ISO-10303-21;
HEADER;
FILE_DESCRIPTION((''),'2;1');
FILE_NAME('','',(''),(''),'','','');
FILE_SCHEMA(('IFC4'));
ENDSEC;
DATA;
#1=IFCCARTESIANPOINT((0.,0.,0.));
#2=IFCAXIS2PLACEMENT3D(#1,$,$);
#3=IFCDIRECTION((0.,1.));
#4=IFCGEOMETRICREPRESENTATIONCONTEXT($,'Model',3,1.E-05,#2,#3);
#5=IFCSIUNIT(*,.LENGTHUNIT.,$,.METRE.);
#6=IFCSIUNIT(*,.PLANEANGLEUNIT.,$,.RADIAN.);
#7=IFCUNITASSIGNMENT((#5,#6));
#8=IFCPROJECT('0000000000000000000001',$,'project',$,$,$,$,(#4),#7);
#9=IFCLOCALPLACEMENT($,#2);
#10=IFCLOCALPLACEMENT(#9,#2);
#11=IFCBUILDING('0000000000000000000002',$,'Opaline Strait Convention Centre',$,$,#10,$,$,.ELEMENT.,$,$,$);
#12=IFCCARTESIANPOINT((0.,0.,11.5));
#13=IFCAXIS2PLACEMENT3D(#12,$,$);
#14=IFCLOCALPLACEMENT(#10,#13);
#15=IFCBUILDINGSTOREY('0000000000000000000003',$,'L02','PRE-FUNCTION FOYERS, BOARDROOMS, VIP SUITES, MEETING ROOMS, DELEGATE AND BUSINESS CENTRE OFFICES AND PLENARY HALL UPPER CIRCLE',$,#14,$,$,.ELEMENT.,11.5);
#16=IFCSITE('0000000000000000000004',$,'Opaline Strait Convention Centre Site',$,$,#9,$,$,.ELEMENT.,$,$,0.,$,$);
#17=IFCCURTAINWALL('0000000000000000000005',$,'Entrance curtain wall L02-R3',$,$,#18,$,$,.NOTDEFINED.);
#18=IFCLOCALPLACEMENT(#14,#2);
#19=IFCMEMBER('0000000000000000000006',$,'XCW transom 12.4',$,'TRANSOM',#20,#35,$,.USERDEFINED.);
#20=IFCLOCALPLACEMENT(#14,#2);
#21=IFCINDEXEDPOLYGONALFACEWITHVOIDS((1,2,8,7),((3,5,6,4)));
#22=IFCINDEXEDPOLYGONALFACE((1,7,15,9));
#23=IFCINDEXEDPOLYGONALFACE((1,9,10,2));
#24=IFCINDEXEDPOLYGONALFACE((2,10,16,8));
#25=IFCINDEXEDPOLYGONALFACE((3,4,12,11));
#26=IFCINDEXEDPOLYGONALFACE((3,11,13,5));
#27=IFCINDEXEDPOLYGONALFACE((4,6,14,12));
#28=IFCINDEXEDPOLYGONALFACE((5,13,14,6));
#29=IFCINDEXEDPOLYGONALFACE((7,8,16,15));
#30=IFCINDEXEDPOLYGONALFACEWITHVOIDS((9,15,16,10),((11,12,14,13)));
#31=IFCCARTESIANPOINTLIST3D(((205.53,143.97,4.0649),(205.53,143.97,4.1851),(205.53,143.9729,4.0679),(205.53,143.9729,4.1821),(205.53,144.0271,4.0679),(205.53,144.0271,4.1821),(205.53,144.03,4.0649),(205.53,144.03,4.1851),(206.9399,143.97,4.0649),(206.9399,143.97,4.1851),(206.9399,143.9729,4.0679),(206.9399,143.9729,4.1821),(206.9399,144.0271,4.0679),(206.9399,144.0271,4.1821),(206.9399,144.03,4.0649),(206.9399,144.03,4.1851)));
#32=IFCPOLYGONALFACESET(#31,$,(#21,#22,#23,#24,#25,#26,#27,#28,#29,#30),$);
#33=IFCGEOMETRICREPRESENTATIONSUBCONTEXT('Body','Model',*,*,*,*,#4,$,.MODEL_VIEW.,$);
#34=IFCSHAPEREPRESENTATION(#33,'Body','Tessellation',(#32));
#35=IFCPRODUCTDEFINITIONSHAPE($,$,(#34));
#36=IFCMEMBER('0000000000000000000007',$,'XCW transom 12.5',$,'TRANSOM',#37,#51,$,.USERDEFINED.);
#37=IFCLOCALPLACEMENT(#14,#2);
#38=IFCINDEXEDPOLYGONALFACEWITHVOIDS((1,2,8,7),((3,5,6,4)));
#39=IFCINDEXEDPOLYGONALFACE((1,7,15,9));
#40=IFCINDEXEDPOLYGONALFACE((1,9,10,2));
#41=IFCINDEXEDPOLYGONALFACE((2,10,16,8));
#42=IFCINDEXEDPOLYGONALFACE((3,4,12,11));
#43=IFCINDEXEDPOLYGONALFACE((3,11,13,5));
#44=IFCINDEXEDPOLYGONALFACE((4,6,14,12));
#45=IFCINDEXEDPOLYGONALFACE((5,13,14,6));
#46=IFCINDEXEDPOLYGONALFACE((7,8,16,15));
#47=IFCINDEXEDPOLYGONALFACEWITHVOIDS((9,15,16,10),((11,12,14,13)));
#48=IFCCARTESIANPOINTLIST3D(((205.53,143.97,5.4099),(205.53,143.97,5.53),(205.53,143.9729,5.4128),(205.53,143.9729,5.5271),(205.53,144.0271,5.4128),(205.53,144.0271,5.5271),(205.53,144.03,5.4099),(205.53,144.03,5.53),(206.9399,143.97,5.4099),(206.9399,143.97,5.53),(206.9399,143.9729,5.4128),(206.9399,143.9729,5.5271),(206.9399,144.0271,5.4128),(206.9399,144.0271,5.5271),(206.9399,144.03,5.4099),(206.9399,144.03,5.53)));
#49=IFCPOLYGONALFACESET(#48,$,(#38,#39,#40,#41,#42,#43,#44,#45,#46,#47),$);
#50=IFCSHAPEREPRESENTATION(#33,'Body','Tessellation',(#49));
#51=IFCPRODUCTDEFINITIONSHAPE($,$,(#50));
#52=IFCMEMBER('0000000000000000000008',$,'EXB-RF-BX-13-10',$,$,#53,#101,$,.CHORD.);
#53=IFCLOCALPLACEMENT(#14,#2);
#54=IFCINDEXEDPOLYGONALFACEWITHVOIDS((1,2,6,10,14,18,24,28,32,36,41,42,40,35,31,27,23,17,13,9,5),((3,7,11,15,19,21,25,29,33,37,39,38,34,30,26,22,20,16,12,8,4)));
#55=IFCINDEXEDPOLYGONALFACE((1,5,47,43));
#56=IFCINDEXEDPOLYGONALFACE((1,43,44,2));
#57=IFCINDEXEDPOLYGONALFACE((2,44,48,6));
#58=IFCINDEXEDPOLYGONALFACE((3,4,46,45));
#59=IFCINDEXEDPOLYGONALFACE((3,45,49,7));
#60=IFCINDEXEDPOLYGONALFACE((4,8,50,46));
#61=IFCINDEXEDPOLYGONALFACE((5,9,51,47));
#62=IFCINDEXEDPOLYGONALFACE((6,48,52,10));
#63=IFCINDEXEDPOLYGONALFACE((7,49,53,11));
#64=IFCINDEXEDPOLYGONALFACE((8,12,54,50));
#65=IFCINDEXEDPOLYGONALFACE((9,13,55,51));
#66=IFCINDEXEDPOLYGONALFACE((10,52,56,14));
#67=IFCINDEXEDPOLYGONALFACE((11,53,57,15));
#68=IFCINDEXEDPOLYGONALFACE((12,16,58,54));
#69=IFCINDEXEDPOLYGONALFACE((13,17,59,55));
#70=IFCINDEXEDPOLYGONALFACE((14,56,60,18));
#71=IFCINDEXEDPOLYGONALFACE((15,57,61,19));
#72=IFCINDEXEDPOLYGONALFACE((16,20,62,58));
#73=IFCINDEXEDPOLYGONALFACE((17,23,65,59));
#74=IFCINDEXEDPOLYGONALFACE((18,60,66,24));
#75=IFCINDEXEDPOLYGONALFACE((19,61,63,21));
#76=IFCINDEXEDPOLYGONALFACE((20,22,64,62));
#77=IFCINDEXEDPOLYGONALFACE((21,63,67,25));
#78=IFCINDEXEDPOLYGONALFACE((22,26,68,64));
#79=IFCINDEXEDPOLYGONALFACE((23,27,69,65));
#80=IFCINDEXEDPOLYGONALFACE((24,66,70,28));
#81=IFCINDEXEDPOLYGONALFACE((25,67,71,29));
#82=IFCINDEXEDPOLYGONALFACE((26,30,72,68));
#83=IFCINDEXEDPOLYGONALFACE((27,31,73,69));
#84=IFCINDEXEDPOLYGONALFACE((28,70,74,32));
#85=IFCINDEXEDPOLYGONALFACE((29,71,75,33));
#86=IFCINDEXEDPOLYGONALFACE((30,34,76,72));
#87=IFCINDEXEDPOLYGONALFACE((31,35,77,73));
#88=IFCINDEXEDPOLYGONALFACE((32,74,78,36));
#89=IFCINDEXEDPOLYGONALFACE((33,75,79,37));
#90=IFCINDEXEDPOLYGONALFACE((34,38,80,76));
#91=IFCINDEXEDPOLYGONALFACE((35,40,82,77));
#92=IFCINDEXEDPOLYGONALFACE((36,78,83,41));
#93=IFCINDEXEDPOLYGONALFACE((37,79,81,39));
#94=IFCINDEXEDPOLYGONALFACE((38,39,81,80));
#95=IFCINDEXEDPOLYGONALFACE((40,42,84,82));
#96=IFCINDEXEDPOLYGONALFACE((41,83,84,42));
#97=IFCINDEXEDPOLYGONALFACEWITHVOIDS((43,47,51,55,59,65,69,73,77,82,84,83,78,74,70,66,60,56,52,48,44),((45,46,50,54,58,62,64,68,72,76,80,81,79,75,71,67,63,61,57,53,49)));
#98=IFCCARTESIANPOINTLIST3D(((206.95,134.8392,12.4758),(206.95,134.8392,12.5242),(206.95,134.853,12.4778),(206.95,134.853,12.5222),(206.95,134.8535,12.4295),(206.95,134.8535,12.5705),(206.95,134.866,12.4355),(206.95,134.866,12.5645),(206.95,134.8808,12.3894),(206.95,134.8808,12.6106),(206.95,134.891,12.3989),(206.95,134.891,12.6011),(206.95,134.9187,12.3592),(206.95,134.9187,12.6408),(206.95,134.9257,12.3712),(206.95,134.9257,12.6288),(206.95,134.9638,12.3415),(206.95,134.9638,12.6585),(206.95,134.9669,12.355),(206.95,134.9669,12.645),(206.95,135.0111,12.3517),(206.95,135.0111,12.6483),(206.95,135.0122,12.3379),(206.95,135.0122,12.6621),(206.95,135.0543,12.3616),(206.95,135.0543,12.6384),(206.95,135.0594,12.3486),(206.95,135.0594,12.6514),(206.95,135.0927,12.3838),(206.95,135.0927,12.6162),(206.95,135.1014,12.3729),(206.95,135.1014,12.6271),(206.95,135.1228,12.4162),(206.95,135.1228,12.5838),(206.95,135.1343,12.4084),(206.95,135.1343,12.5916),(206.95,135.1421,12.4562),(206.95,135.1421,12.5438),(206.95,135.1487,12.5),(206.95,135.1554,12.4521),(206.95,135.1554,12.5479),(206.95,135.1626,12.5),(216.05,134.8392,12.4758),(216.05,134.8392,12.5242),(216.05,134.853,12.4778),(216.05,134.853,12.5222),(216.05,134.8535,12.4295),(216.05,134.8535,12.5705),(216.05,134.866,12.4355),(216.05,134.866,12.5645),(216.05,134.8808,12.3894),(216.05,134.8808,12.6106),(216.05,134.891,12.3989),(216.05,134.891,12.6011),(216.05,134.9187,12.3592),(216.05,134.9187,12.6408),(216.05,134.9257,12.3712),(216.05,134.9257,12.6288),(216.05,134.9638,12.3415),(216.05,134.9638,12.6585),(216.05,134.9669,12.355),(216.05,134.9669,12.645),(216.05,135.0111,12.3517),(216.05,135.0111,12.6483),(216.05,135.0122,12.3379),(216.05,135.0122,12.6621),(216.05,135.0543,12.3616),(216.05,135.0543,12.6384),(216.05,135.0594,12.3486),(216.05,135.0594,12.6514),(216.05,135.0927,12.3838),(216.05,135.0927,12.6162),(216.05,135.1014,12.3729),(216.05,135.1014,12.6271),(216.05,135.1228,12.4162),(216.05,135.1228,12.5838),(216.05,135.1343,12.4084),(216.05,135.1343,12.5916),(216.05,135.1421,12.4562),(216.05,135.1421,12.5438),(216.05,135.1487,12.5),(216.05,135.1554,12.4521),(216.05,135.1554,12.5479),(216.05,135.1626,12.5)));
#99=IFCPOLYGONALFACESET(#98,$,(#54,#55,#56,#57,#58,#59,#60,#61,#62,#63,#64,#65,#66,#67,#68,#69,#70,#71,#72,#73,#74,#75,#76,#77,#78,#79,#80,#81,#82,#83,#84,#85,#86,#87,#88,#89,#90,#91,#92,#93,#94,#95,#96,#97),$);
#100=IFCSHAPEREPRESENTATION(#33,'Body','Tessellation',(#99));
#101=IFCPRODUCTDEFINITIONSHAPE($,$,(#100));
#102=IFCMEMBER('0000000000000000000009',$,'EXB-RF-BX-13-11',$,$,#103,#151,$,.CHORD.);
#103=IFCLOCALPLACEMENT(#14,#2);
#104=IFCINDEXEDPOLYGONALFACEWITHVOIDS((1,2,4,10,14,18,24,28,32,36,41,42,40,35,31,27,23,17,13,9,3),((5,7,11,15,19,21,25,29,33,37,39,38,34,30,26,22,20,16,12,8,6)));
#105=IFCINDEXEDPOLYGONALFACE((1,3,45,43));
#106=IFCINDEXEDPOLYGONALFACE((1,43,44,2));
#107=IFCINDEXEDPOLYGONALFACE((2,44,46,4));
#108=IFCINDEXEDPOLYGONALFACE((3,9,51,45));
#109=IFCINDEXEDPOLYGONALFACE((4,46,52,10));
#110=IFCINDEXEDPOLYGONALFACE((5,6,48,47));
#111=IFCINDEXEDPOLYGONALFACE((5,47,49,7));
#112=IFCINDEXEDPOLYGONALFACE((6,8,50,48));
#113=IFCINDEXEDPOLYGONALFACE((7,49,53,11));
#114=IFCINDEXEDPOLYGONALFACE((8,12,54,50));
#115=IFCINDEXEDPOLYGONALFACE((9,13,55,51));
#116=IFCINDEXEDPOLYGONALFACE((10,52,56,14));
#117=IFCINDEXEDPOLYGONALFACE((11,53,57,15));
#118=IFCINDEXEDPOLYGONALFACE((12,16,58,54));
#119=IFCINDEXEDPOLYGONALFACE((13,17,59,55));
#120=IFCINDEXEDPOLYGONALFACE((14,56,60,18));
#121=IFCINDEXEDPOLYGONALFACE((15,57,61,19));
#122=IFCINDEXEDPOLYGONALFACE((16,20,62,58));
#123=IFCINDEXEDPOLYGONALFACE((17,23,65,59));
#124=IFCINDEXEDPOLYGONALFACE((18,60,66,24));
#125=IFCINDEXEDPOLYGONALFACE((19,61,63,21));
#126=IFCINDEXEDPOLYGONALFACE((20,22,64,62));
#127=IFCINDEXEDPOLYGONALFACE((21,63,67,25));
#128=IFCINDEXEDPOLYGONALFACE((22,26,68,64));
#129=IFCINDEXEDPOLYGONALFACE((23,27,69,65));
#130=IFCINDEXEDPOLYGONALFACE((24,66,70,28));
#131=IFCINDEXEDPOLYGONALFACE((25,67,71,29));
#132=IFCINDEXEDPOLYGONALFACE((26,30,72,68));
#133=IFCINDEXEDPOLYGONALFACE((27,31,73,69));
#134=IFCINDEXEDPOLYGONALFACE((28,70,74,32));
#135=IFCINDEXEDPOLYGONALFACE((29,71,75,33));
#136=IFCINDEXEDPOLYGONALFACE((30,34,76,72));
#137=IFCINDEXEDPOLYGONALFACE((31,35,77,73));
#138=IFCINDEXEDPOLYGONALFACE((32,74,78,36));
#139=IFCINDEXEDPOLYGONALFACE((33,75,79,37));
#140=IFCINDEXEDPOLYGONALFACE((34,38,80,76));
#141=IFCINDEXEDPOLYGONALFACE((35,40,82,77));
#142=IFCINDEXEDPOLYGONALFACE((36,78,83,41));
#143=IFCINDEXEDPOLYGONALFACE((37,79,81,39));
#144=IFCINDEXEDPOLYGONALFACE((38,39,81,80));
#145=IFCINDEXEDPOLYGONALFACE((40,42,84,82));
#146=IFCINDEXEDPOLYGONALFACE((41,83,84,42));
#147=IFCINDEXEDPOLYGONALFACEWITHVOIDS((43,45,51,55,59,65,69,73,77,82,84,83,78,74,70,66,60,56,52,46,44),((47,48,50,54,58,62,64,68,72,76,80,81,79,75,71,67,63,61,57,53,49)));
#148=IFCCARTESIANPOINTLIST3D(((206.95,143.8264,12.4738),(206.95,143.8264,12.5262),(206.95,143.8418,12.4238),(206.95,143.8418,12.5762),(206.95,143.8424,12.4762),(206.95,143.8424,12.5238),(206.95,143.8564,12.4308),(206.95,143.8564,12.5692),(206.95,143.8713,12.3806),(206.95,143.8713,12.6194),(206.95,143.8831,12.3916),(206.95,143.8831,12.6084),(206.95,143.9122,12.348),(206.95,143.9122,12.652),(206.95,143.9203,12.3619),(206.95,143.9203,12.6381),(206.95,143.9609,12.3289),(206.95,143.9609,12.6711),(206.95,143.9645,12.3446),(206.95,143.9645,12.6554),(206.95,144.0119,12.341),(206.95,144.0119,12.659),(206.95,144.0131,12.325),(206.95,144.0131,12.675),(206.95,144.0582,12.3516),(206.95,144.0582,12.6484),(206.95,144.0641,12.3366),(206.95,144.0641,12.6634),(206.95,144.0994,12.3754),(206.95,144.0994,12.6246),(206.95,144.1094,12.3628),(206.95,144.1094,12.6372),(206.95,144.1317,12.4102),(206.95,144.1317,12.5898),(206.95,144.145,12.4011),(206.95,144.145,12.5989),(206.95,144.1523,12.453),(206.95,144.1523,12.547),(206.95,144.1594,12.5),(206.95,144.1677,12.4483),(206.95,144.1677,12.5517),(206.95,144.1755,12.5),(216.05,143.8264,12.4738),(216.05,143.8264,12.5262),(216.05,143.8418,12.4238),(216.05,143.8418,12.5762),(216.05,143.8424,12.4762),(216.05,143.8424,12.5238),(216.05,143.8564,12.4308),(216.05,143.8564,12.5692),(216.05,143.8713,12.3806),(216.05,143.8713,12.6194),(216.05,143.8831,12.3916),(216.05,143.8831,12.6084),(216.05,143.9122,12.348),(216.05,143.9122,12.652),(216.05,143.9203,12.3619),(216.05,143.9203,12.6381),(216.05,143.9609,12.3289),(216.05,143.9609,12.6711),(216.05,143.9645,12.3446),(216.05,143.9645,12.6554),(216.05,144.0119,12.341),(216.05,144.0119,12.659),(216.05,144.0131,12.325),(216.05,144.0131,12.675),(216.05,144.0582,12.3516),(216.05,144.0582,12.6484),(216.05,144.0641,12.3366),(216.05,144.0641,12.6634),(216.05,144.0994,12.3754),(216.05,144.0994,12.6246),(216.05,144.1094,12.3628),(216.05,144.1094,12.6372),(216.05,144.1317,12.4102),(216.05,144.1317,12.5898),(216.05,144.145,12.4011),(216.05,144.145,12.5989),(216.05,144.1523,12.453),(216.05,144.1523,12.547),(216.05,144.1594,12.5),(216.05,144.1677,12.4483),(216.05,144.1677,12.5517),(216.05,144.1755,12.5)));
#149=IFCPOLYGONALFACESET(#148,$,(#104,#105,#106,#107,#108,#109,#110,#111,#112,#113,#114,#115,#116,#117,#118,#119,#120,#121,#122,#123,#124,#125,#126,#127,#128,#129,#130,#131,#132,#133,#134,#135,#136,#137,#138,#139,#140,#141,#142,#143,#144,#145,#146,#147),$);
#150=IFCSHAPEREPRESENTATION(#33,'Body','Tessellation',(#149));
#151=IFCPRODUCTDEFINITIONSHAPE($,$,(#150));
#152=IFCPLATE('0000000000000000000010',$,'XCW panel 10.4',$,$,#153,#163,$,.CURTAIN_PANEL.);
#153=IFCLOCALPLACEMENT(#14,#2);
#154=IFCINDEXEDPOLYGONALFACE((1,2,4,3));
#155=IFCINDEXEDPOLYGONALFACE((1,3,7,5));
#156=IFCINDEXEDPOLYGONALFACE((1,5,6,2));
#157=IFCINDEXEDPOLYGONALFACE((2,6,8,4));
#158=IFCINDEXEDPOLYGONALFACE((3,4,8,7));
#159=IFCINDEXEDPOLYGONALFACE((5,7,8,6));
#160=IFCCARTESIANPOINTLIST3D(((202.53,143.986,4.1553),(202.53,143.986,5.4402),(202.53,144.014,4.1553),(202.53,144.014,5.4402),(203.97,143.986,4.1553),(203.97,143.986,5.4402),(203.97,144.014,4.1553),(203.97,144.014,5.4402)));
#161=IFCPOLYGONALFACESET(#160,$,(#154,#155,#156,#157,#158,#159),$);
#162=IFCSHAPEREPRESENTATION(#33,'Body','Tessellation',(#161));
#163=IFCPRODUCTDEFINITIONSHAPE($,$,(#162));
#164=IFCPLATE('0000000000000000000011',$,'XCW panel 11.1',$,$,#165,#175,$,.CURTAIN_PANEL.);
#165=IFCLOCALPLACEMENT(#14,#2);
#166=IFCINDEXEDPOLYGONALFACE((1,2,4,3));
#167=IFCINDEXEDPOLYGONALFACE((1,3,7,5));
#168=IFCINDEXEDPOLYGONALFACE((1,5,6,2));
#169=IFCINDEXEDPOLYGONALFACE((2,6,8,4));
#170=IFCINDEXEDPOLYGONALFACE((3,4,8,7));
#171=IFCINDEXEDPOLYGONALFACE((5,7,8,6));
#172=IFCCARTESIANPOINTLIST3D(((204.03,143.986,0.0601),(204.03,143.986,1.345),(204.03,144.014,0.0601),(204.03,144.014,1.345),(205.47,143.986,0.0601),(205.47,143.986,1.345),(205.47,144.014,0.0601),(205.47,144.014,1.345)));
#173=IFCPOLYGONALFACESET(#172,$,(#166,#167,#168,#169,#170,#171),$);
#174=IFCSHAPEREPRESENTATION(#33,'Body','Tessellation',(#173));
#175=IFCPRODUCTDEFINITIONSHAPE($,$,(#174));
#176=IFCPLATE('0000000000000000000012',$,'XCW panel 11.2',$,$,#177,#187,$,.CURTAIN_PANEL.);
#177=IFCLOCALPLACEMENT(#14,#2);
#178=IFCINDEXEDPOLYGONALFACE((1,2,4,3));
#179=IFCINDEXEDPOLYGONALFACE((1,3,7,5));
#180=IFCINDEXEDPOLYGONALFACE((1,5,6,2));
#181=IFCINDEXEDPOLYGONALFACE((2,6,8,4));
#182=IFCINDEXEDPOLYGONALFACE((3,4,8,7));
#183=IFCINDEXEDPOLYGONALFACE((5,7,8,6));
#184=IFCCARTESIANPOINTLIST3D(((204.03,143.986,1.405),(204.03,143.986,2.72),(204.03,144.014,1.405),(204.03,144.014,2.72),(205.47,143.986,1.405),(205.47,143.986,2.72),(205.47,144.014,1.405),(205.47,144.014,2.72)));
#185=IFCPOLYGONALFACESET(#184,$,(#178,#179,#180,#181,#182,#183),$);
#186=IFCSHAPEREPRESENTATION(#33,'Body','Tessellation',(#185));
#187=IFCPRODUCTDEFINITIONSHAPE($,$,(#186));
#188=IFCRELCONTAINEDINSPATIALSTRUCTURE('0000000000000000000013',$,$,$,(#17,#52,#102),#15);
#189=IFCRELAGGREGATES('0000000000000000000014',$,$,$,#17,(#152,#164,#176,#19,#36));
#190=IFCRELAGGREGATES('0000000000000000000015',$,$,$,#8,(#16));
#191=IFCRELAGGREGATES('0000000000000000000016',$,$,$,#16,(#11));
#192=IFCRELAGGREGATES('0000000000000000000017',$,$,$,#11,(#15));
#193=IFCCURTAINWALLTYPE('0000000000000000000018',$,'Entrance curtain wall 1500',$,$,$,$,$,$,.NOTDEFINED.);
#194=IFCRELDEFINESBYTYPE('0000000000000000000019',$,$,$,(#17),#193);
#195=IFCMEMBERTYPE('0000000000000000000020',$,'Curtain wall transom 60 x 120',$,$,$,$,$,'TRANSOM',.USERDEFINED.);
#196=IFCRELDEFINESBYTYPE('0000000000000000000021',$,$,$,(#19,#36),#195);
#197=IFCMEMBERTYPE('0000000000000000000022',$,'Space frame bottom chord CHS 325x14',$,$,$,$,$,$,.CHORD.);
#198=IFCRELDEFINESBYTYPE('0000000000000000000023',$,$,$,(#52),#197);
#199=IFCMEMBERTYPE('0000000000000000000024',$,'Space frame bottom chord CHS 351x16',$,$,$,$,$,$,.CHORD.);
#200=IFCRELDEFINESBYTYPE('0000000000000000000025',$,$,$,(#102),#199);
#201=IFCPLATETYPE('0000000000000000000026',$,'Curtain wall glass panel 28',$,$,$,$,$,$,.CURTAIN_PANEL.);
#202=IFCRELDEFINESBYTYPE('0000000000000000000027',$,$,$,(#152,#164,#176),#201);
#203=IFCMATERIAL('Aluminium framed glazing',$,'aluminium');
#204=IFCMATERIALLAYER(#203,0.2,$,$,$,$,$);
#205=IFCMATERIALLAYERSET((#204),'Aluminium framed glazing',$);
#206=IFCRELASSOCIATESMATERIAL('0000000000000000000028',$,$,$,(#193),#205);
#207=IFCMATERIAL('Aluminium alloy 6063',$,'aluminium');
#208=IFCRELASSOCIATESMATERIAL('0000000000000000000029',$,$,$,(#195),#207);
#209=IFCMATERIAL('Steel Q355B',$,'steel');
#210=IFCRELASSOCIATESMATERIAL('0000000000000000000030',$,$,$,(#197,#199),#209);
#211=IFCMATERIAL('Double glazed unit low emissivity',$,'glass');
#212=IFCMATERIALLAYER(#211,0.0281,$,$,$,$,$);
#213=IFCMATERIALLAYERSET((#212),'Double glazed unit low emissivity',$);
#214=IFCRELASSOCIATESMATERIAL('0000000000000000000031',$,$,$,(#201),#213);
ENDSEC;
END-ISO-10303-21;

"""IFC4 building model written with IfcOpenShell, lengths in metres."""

from ifc_helpers import new_model, si_unit, direction, frame, origin, origin_2d, place, context, subcontext, project, spatial, rectangle, hollow_rectangle, hollow_circle, extrude, material, layer, layer_set, material_profile, profile_set, type_object, element, aggregate, save


model = new_model("IFC4")

# Units and contexts
model_context = context("Model", 3, precision=1e-05, world=origin(), true_north=direction((0.0, 1.0)))
body_context = subcontext(model_context, "Body", "Model", "MODEL_VIEW")
ifc_project = project(units=[si_unit("LENGTHUNIT", "METRE"), si_unit("PLANEANGLEUNIT", "RADIAN")], contexts=[model_context])

# Site, building, storey
site_placement = place(None, origin())
site = spatial("IfcSite", under=ifc_project, at=site_placement, Name="Opaline Strait Convention Centre Site", CompositionType="ELEMENT", RefElevation=0.0)
building_placement = place(site_placement, origin())
building = spatial("IfcBuilding", under=site, at=building_placement, Name="Opaline Strait Convention Centre", CompositionType="ELEMENT")
storey_placement = place(building_placement, frame((0.0, 0.0, 11.5)))
storey = spatial("IfcBuildingStorey", under=building, at=storey_placement, Name="L02", Description="PRE-FUNCTION FOYERS, BOARDROOMS, VIP SUITES, MEETING ROOMS, DELEGATE AND BUSINESS CENTRE OFFICES AND PLENARY HALL UPPER CIRCLE", CompositionType="ELEMENT", Elevation=11.5)

# Curtain wall, members
ifc_material_1 = material(Name="Aluminium framed glazing", Category="aluminium")
ifc_layer_1 = layer(ifc_material_1, 0.2)
ifc_layer_set_1 = layer_set([ifc_layer_1], Name="Aluminium framed glazing")
curtain_wall_type = type_object("IfcCurtainWallType", Name="Entrance curtain wall 1500", PredefinedType="NOTDEFINED", material=ifc_layer_set_1)
curtain_wall_placement = place(storey_placement, origin())
curtain_wall = element("IfcCurtainWall", 1, at=curtain_wall_placement, inside=storey, type_object=curtain_wall_type, Name="Entrance curtain wall L02-R3", PredefinedType="NOTDEFINED")
ifc_material_2 = material(Name="Aluminium alloy 6063", Category="aluminium")
ifc_material_profile_1 = material_profile(ifc_material_2, hollow_rectangle(XDim=0.0601, YDim=0.1201, WallThickness=0.0029, at=origin_2d()), Name="TRANSOM 60x120x3")
ifc_profile_set_1 = profile_set([ifc_material_profile_1], Name="Aluminium alloy 6063")
member_type_1 = type_object("IfcMemberType", Name="Curtain wall transom 60 x 120", ElementType="TRANSOM", PredefinedType="USERDEFINED", material=ifc_profile_set_1)
member_1_placement = place(storey_placement, frame((205.53, 144.0, 4.125), z_axis=(1.0, 0.0, 0.0), x_axis=(0.0, 1.0, 0.0)))
member_1 = element("IfcMember", 2, at=member_1_placement, type_object=member_type_1, Name="XCW transom 12.4", ObjectType="TRANSOM", PredefinedType="USERDEFINED", context=body_context, shape_type="SweptSolid", body=[
    extrude(hollow_rectangle(XDim=0.0601, YDim=0.1201, WallThickness=0.0029, at=origin_2d()), origin(), (0.0, 0.0, 1.0), 1.4099),
])
member_2_placement = place(storey_placement, frame((205.53, 144.0, 5.47), z_axis=(1.0, 0.0, 0.0), x_axis=(0.0, 1.0, 0.0)))
member_2 = element("IfcMember", 3, at=member_2_placement, type_object=member_type_1, Name="XCW transom 12.5", ObjectType="TRANSOM", PredefinedType="USERDEFINED", context=body_context, shape_type="SweptSolid", body=[
    extrude(hollow_rectangle(XDim=0.0601, YDim=0.1201, WallThickness=0.0029, at=origin_2d()), origin(), (0.0, 0.0, 1.0), 1.4099),
])

# Members
ifc_material_3 = material(Name="Steel Q355B", Category="steel")
ifc_material_profile_2 = material_profile(ifc_material_3, hollow_circle(Radius=0.1626, WallThickness=0.0139, at=origin_2d()), Name="CHS 325x14")
ifc_profile_set_2 = profile_set([ifc_material_profile_2], Name="Steel Q355B")
member_type_2 = type_object("IfcMemberType", Name="Space frame bottom chord CHS 325x14", PredefinedType="CHORD", material=ifc_profile_set_2)
member_3_placement = place(storey_placement, frame((206.95, 135.0, 12.5), z_axis=(1.0, 0.0, 0.0), x_axis=(0.0, 1.0, 0.0)))
element("IfcMember", 4, at=member_3_placement, inside=storey, type_object=member_type_2, Name="EXB-RF-BX-13-10", PredefinedType="CHORD", context=body_context, shape_type="SweptSolid", body=[
    extrude(hollow_circle(Radius=0.1626, WallThickness=0.0139, at=origin_2d()), origin(), (0.0, 0.0, 1.0), 9.1001),
])
ifc_material_profile_3 = material_profile(ifc_material_3, hollow_circle(Radius=0.1755, WallThickness=0.0161, at=origin_2d()), Name="CHS 351x16")
ifc_profile_set_3 = profile_set([ifc_material_profile_3], Name="Steel Q355B")
member_type_3 = type_object("IfcMemberType", Name="Space frame bottom chord CHS 351x16", PredefinedType="CHORD", material=ifc_profile_set_3)
member_4_placement = place(storey_placement, frame((206.95, 144.0, 12.5), z_axis=(1.0, 0.0, 0.0), x_axis=(0.0, 1.0, 0.0)))
element("IfcMember", 5, at=member_4_placement, inside=storey, type_object=member_type_3, Name="EXB-RF-BX-13-11", PredefinedType="CHORD", context=body_context, shape_type="SweptSolid", body=[
    extrude(hollow_circle(Radius=0.1755, WallThickness=0.0161, at=origin_2d()), origin(), (0.0, 0.0, 1.0), 9.1001),
])

# Plates
ifc_material_4 = material(Name="Double glazed unit low emissivity", Category="glass")
ifc_layer_2 = layer(ifc_material_4, 0.0281)
ifc_layer_set_2 = layer_set([ifc_layer_2], Name="Double glazed unit low emissivity")
plate_type = type_object("IfcPlateType", Name="Curtain wall glass panel 28", PredefinedType="CURTAIN_PANEL", material=ifc_layer_set_2)
plate_1_placement = place(storey_placement, frame((203.25, 144.0, 4.1553), z_axis=(0.0, 0.0, 1.0), x_axis=(1.0, 0.0, 0.0)))
plate_1 = element("IfcPlate", 6, at=plate_1_placement, type_object=plate_type, Name="XCW panel 10.4", PredefinedType="CURTAIN_PANEL", context=body_context, shape_type="SweptSolid", body=[
    extrude(rectangle(XDim=1.4399, YDim=0.0281, at=origin_2d()), origin(), (0.0, 0.0, 1.0), 1.2849),
])
plate_2_placement = place(storey_placement, frame((204.75, 144.0, 0.0601), z_axis=(0.0, 0.0, 1.0), x_axis=(1.0, 0.0, 0.0)))
plate_2 = element("IfcPlate", 7, at=plate_2_placement, type_object=plate_type, Name="XCW panel 11.1", PredefinedType="CURTAIN_PANEL", context=body_context, shape_type="SweptSolid", body=[
    extrude(rectangle(XDim=1.4399, YDim=0.0281, at=origin_2d()), origin(), (0.0, 0.0, 1.0), 1.2849),
])
plate_3_placement = place(storey_placement, frame((204.75, 144.0, 1.405), z_axis=(0.0, 0.0, 1.0), x_axis=(1.0, 0.0, 0.0)))
plate_3 = element("IfcPlate", 8, at=plate_3_placement, type_object=plate_type, Name="XCW panel 11.2", PredefinedType="CURTAIN_PANEL", context=body_context, shape_type="SweptSolid", body=[
    extrude(rectangle(XDim=1.4399, YDim=0.0281, at=origin_2d()), origin(), (0.0, 0.0, 1.0), 1.3149),
])
aggregate(curtain_wall, [plate_1, plate_2, plate_3, member_1, member_2])

save(model, "model.ifc")
